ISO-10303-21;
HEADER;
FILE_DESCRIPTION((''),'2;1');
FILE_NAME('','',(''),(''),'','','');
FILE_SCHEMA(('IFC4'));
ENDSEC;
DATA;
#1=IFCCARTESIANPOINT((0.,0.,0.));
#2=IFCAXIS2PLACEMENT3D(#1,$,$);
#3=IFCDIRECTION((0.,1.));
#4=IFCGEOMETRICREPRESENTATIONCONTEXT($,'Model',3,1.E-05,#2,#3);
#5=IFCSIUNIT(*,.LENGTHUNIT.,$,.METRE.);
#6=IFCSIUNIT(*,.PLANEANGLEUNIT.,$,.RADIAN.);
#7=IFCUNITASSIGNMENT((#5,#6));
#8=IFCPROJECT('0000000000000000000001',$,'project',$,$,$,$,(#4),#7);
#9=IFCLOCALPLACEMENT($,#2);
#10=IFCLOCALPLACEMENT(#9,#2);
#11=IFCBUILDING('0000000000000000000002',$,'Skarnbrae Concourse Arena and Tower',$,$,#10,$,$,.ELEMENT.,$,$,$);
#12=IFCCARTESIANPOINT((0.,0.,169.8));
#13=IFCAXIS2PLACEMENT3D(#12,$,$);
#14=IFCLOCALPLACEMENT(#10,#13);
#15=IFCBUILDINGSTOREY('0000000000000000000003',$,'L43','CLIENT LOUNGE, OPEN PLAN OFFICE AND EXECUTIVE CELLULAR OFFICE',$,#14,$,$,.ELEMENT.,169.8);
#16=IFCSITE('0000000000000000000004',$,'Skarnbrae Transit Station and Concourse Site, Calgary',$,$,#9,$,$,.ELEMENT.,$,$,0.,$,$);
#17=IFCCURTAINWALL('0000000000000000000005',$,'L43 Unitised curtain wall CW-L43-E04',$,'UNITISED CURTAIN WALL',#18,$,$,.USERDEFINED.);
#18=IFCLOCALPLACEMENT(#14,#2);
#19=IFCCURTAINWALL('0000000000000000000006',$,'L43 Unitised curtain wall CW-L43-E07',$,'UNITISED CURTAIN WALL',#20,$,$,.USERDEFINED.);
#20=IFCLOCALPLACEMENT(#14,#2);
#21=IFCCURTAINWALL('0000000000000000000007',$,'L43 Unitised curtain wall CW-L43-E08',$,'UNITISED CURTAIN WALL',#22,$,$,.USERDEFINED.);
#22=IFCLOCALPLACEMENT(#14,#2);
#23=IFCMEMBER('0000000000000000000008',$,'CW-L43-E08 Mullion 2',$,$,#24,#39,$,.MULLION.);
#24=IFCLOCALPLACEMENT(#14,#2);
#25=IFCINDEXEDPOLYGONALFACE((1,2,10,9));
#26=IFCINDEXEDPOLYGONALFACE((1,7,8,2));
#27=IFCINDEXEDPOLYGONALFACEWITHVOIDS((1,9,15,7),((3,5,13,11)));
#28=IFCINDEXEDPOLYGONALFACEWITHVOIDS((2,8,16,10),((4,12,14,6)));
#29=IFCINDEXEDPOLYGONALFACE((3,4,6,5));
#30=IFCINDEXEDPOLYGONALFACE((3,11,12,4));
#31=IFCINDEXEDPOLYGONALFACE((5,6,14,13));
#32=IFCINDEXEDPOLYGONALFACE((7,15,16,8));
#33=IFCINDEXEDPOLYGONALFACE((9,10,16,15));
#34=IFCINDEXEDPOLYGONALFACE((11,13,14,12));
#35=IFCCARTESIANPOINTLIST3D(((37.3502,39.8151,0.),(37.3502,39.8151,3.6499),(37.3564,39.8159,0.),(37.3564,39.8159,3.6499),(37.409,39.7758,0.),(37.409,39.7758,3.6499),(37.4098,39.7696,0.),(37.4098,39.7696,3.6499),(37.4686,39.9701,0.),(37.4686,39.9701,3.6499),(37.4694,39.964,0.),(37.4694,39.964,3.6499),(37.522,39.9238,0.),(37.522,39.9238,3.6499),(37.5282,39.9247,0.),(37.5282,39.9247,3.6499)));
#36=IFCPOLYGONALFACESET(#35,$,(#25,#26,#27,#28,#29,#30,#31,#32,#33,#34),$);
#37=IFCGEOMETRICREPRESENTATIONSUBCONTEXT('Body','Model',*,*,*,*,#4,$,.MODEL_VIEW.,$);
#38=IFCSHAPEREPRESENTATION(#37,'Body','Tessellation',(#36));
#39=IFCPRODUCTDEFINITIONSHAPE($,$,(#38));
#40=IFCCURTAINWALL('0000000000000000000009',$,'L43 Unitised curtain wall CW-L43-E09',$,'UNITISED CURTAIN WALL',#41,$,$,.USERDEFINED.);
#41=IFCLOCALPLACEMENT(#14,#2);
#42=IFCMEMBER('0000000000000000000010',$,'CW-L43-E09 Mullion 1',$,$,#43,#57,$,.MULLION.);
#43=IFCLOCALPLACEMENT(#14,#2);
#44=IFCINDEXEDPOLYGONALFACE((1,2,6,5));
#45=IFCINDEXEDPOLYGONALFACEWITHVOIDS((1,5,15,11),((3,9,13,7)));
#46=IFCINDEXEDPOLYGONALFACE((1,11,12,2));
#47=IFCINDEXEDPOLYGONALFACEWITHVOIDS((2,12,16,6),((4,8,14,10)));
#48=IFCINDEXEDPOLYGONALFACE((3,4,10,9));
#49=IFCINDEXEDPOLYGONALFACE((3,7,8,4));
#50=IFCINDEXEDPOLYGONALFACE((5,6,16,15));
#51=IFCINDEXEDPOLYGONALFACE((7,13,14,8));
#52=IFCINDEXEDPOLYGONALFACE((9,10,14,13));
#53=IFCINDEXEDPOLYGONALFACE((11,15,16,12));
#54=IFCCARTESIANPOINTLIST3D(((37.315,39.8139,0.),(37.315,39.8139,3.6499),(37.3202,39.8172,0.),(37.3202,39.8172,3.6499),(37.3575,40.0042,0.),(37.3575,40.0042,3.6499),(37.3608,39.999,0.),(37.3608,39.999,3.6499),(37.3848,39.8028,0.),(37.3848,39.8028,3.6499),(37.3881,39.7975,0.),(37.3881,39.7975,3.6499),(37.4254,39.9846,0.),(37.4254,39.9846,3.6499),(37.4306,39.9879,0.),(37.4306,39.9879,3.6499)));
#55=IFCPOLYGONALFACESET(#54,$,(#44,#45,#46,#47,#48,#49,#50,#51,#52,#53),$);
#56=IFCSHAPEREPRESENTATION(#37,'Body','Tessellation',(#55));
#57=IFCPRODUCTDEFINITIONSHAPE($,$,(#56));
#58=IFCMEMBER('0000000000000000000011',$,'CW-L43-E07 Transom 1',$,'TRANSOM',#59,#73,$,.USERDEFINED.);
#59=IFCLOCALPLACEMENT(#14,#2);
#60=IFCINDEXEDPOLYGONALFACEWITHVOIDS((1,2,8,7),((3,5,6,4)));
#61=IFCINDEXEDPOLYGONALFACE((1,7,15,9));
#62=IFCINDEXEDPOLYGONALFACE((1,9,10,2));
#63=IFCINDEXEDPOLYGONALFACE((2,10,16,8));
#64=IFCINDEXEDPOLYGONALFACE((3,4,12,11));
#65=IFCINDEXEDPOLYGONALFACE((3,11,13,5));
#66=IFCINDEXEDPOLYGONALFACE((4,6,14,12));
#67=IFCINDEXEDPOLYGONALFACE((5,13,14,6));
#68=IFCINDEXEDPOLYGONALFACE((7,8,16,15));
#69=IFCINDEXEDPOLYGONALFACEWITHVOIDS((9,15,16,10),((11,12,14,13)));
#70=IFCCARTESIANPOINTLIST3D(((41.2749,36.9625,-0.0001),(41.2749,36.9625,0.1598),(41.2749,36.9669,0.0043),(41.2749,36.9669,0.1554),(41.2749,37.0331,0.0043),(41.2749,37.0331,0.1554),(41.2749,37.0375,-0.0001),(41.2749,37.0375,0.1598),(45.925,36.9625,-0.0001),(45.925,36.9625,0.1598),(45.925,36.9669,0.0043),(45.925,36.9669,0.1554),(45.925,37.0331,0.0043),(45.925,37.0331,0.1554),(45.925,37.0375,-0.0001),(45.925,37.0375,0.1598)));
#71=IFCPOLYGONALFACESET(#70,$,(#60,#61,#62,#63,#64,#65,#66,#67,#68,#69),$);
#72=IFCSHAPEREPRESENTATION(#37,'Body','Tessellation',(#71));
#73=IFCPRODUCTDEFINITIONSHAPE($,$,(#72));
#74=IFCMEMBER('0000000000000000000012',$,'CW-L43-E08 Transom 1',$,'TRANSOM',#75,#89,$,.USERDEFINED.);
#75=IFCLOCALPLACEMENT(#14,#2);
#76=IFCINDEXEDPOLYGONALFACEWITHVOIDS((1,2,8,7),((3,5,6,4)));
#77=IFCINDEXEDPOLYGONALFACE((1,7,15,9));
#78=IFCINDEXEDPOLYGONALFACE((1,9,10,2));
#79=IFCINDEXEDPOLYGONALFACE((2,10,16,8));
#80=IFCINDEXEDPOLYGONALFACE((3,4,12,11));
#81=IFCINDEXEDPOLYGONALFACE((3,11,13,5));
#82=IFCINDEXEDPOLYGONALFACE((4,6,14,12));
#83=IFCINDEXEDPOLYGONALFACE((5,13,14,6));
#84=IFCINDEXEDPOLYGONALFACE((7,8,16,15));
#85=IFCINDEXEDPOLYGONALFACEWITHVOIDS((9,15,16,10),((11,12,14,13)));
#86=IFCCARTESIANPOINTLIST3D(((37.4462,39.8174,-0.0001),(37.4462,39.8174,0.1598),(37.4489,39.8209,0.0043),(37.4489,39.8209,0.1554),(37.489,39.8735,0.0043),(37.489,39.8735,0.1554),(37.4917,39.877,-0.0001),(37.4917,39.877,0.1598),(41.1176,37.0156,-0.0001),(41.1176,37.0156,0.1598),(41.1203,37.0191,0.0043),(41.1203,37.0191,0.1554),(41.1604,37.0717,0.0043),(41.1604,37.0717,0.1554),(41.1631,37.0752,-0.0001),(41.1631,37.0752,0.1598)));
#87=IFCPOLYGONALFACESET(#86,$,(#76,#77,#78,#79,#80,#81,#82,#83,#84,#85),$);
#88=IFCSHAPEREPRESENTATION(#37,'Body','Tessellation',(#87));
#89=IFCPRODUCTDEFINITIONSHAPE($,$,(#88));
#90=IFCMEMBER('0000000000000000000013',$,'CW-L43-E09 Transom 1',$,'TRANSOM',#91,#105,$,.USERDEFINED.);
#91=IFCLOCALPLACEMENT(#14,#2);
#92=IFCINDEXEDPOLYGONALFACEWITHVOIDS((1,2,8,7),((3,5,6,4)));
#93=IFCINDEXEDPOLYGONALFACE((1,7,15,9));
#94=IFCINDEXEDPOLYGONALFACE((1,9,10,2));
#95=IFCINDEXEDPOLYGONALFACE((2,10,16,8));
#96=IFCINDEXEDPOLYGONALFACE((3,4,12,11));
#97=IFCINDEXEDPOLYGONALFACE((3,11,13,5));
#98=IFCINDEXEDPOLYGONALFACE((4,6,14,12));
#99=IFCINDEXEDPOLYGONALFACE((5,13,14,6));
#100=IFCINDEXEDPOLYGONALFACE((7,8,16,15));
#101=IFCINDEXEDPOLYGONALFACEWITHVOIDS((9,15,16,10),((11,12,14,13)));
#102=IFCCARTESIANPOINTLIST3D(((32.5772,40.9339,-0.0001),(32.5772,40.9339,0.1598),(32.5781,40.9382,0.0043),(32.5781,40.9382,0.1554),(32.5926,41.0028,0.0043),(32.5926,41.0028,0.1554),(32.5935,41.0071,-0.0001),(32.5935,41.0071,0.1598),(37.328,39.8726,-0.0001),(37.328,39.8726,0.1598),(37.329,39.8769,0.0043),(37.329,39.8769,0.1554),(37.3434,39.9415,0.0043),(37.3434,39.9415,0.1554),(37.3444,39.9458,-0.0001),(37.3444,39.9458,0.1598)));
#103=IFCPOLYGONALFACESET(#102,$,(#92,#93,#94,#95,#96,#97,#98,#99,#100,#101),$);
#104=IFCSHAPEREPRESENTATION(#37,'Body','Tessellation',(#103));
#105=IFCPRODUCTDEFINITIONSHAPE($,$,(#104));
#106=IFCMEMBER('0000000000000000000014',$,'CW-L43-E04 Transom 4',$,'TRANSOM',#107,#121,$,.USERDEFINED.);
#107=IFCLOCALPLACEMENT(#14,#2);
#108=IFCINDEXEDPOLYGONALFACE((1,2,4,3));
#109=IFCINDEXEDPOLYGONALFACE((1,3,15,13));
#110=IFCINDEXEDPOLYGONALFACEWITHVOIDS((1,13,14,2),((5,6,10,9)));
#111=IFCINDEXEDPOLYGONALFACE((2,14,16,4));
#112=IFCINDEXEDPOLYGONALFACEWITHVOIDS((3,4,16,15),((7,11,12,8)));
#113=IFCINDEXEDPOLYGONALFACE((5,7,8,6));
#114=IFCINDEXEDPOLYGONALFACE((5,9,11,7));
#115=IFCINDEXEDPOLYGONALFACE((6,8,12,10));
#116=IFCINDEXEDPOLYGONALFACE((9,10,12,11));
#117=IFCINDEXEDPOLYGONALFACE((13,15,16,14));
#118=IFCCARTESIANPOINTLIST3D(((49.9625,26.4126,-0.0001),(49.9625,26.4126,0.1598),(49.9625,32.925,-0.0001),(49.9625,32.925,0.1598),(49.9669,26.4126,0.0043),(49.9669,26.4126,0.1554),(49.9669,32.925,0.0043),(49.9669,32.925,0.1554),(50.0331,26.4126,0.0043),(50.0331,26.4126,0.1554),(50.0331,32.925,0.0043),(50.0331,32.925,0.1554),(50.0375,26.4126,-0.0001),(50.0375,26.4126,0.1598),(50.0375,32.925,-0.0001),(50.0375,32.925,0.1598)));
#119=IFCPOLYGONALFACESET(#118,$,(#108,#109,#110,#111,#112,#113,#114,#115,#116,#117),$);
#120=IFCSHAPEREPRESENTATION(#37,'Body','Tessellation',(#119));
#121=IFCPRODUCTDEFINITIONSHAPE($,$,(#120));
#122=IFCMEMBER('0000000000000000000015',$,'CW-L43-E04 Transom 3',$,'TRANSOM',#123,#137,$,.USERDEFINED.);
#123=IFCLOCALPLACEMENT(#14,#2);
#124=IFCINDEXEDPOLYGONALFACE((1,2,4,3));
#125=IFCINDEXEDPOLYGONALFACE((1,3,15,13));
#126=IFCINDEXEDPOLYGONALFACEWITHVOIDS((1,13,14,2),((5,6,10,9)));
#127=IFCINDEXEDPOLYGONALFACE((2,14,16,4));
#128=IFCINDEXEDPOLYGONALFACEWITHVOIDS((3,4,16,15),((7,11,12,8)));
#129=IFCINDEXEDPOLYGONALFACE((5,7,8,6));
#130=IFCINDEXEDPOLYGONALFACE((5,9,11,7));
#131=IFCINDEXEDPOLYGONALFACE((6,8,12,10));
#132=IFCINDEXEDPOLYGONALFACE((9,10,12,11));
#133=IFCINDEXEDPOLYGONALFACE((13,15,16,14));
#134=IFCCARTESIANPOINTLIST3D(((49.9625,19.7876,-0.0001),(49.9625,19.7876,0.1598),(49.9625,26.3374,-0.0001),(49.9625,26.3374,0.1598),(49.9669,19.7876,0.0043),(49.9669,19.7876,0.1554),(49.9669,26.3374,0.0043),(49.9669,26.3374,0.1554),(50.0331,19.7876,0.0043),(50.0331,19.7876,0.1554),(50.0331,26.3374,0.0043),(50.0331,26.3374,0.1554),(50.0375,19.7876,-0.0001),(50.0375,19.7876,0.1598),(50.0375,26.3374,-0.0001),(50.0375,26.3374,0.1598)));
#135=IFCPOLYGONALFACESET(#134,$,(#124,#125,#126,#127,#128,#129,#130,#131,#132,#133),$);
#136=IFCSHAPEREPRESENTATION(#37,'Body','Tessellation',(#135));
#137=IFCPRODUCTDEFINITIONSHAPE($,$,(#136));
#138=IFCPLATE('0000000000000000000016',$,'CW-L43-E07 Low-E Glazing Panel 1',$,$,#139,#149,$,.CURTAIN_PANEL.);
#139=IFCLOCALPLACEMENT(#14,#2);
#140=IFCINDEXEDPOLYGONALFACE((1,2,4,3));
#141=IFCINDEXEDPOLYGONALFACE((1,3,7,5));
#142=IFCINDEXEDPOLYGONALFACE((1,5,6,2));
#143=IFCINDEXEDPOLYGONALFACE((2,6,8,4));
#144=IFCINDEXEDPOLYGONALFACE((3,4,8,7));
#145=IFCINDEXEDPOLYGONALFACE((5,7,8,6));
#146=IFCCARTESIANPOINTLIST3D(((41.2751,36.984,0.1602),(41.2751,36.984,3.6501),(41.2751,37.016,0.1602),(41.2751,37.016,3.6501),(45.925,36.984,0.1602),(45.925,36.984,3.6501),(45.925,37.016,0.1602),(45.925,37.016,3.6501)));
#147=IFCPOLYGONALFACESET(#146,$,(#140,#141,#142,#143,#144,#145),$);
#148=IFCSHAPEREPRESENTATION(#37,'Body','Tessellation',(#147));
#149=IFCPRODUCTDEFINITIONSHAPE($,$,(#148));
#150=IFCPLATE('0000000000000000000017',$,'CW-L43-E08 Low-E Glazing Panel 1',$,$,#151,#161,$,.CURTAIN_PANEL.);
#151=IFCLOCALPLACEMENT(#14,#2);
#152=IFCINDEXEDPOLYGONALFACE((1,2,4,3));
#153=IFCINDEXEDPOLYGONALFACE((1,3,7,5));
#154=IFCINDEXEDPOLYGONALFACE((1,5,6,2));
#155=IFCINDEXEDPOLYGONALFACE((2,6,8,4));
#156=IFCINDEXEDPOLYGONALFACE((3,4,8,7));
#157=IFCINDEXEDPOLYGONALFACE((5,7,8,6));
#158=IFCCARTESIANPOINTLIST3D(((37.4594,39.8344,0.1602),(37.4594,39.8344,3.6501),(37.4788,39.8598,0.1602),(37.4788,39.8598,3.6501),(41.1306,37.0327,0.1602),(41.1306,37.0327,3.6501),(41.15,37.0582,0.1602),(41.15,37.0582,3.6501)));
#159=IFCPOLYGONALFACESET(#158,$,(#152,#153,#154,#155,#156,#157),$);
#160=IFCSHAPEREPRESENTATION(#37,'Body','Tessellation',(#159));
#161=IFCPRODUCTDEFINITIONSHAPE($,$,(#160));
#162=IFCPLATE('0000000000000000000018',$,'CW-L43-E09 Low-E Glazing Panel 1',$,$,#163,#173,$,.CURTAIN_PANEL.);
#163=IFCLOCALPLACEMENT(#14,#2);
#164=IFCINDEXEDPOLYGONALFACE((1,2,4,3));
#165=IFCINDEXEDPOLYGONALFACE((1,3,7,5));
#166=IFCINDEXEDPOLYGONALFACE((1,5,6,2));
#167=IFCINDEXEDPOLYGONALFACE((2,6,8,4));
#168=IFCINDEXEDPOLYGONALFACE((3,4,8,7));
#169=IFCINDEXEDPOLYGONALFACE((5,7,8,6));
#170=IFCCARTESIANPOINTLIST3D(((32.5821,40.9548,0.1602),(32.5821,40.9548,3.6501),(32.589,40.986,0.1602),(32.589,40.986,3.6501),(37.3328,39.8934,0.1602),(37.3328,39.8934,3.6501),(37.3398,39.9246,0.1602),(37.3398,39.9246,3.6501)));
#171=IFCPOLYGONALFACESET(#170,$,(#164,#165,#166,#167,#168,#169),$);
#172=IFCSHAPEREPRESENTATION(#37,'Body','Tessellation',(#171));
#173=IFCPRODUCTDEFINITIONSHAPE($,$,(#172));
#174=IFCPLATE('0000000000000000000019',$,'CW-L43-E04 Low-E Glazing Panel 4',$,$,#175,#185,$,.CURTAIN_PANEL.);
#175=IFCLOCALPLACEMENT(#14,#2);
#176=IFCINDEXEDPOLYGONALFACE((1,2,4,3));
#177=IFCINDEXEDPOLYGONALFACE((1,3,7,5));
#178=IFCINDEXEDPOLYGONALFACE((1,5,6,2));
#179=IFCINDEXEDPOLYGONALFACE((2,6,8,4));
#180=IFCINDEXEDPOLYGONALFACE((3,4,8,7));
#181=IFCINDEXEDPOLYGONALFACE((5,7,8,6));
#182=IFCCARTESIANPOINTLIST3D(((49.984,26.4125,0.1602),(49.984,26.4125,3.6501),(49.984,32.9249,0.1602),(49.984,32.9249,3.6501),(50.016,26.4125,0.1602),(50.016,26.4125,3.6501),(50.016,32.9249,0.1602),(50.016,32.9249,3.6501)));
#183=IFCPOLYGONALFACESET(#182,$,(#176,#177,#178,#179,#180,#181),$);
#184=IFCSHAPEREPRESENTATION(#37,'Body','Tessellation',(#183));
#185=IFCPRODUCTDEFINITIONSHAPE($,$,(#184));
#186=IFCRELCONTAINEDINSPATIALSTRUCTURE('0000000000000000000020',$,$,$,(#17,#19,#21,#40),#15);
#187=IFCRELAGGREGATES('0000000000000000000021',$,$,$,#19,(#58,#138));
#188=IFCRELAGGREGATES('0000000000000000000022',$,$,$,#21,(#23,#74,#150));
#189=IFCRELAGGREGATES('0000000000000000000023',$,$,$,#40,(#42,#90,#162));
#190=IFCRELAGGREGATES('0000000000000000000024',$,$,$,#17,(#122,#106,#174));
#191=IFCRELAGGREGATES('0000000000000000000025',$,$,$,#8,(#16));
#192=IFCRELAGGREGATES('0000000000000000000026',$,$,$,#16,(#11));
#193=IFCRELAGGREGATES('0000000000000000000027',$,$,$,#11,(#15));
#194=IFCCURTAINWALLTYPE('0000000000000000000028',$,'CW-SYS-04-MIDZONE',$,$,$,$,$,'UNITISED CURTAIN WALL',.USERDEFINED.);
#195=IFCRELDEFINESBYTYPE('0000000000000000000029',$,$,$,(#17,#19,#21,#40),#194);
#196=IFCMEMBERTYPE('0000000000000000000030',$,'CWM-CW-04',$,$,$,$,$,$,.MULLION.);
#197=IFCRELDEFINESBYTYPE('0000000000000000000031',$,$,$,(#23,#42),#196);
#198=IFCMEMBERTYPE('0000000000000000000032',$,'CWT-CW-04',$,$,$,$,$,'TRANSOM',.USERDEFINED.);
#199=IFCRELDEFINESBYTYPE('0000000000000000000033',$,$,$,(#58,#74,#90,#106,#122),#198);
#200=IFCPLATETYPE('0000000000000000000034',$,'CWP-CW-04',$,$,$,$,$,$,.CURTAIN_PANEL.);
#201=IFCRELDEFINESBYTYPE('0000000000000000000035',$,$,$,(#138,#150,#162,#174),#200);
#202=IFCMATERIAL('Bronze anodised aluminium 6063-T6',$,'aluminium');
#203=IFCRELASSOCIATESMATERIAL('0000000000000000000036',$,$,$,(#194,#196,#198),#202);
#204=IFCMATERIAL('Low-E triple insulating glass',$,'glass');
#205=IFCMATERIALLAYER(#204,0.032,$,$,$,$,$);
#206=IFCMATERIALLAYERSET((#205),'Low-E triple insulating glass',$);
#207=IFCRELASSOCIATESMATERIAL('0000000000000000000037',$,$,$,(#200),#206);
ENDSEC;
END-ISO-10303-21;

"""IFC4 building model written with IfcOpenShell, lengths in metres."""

from ifc_helpers import new_model, si_unit, direction, frame, origin, origin_2d, place, context, subcontext, project, spatial, rectangle, hollow_rectangle, extrude, source, transform, mapped, material, layer, layer_set, material_profile, profile_set, type_object, element, aggregate, save


model = new_model("IFC4")

# Units and contexts
model_context = context("Model", 3, precision=1e-05, world=origin(), true_north=direction((0.0, 1.0)))
body_context = subcontext(model_context, "Body", "Model", "MODEL_VIEW")
ifc_project = project(units=[si_unit("LENGTHUNIT", "METRE"), si_unit("PLANEANGLEUNIT", "RADIAN")], contexts=[model_context])

# Site, building, storey
site_placement = place(None, origin())
site = spatial("IfcSite", under=ifc_project, at=site_placement, Name="Skarnbrae Transit Station and Concourse Site, Calgary", CompositionType="ELEMENT", RefElevation=0.0)
building_placement = place(site_placement, origin())
building = spatial("IfcBuilding", under=site, at=building_placement, Name="Skarnbrae Concourse Arena and Tower", CompositionType="ELEMENT")
storey_placement = place(building_placement, frame((0.0, 0.0, 169.8)))
storey = spatial("IfcBuildingStorey", under=building, at=storey_placement, Name="L43", Description="CLIENT LOUNGE, OPEN PLAN OFFICE AND EXECUTIVE CELLULAR OFFICE", CompositionType="ELEMENT", Elevation=169.8)

# Curtain walls, member
ifc_material_1 = material(Name="Bronze anodised aluminium 6063-T6", Category="aluminium")
curtain_wall_type = type_object("IfcCurtainWallType", Name="CW-SYS-04-MIDZONE", ElementType="UNITISED CURTAIN WALL", PredefinedType="USERDEFINED", material=ifc_material_1)
curtain_wall_1_placement = place(storey_placement, origin())
curtain_wall_1 = element("IfcCurtainWall", 1, at=curtain_wall_1_placement, inside=storey, type_object=curtain_wall_type, Name="L43 Unitised curtain wall CW-L43-E04", ObjectType="UNITISED CURTAIN WALL", PredefinedType="USERDEFINED")
ifc_material_profile_1 = material_profile(ifc_material_1, hollow_rectangle(XDim=0.075, YDim=0.1951, WallThickness=0.0044, at=origin_2d()), Name="ALU-MULL-75X195")
ifc_profile_set_1 = profile_set([ifc_material_profile_1], Name="Bronze anodised aluminium 6063-T6")
member_type_1 = type_object("IfcMemberType", Name="CWM-CW-04", PredefinedType="MULLION", material=ifc_profile_set_1)
shared_shape_1 = source(origin(), body_context, "Body", "SweptSolid", [
    extrude(hollow_rectangle(XDim=0.075, YDim=0.1951, WallThickness=0.0044, at=origin_2d()), origin(), (0.0, 0.0, 1.0), 3.6499),
])
curtain_wall_2_placement = place(storey_placement, origin())
curtain_wall_2 = element("IfcCurtainWall", 2, at=curtain_wall_2_placement, inside=storey, type_object=curtain_wall_type, Name="L43 Unitised curtain wall CW-L43-E07", ObjectType="UNITISED CURTAIN WALL", PredefinedType="USERDEFINED")
curtain_wall_3_placement = place(storey_placement, origin())
curtain_wall_3 = element("IfcCurtainWall", 3, at=curtain_wall_3_placement, inside=storey, type_object=curtain_wall_type, Name="L43 Unitised curtain wall CW-L43-E08", ObjectType="UNITISED CURTAIN WALL", PredefinedType="USERDEFINED")
member_1_placement = place(storey_placement, frame((37.4392, 39.8699, 0.0), z_axis=(0.0, 0.0, 1.0), x_axis=(-0.794956, 0.606667, 0.0)))
member_1 = element("IfcMember", 4, at=member_1_placement, type_object=member_type_1, Name="CW-L43-E08 Mullion 2", PredefinedType="MULLION", context=body_context, shape_type="MappedRepresentation", body=[
    mapped(shared_shape_1, transform((0.0, 0.0, 0.0))),
])

# Curtain wall, member
curtain_wall_4_placement = place(storey_placement, origin())
curtain_wall_4 = element("IfcCurtainWall", 5, at=curtain_wall_4_placement, inside=storey, type_object=curtain_wall_type, Name="L43 Unitised curtain wall CW-L43-E09", ObjectType="UNITISED CURTAIN WALL", PredefinedType="USERDEFINED")
member_2_placement = place(storey_placement, frame((37.3728, 39.9009, 0.0), z_axis=(0.0, 0.0, 1.0), x_axis=(-0.975936, 0.218056, 0.0)))
member_2 = element("IfcMember", 6, at=member_2_placement, type_object=member_type_1, Name="CW-L43-E09 Mullion 1", PredefinedType="MULLION", context=body_context, shape_type="MappedRepresentation", body=[
    mapped(shared_shape_1, transform((0.0, 0.0, 0.0))),
])

# Members
ifc_material_profile_2 = material_profile(ifc_material_1, hollow_rectangle(XDim=0.075, YDim=0.1599, WallThickness=0.0044, at=origin_2d()), Name="ALU-TRAN-75X160")
ifc_profile_set_2 = profile_set([ifc_material_profile_2], Name="Bronze anodised aluminium 6063-T6")
member_type_2 = type_object("IfcMemberType", Name="CWT-CW-04", ElementType="TRANSOM", PredefinedType="USERDEFINED", material=ifc_profile_set_2)
shared_shape_2 = source(origin(), body_context, "Body", "SweptSolid", [
    extrude(hollow_rectangle(XDim=0.075, YDim=0.1599, WallThickness=0.0044, at=origin_2d()), origin(), (0.0, 0.0, 1.0), 4.6501),
])
member_3_placement = place(storey_placement, frame((45.925, 37.0, 0.0798), z_axis=(-1.0, 0.0, 0.0), x_axis=(0.0, -1.0, 0.0)))
member_3 = element("IfcMember", 7, at=member_3_placement, type_object=member_type_2, Name="CW-L43-E07 Transom 1", ObjectType="TRANSOM", PredefinedType="USERDEFINED", context=body_context, shape_type="MappedRepresentation", body=[
    mapped(shared_shape_2, transform((0.0, 0.0, 0.0))),
])
shared_shape_3 = source(origin(), body_context, "Body", "SweptSolid", [
    extrude(hollow_rectangle(XDim=0.075, YDim=0.1599, WallThickness=0.0044, at=origin_2d()), origin(), (0.0, 0.0, 1.0), 4.6184),
])
member_4_placement = place(storey_placement, frame((41.1404, 37.0454, 0.0798), z_axis=(-0.794961, 0.606661, 0.0), x_axis=(-0.606661, -0.794961, 0.0)))
member_4 = element("IfcMember", 8, at=member_4_placement, type_object=member_type_2, Name="CW-L43-E08 Transom 1", ObjectType="TRANSOM", PredefinedType="USERDEFINED", context=body_context, shape_type="MappedRepresentation", body=[
    mapped(shared_shape_3, transform((0.0, 0.0, 0.0))),
])
shared_shape_4 = source(origin(), body_context, "Body", "SweptSolid", [
    extrude(hollow_rectangle(XDim=0.075, YDim=0.1599, WallThickness=0.0044, at=origin_2d()), origin(), (0.0, 0.0, 1.0), 4.8679),
])
member_5_placement = place(storey_placement, frame((37.3362, 39.9092, 0.0798), z_axis=(-0.975945, 0.218019, 0.0), x_axis=(-0.218019, -0.975945, 0.0)))
member_5 = element("IfcMember", 9, at=member_5_placement, type_object=member_type_2, Name="CW-L43-E09 Transom 1", ObjectType="TRANSOM", PredefinedType="USERDEFINED", context=body_context, shape_type="MappedRepresentation", body=[
    mapped(shared_shape_4, transform((0.0, 0.0, 0.0))),
])
shared_shape_5 = source(origin(), body_context, "Body", "SweptSolid", [
    extrude(hollow_rectangle(XDim=0.075, YDim=0.1599, WallThickness=0.0044, at=origin_2d()), origin(), (0.0, 0.0, 1.0), 6.5125),
])
member_6_placement = place(storey_placement, frame((50.0, 26.4126, 0.0798), z_axis=(0.0, 1.0, 0.0), x_axis=(-1.0, 0.0, 0.0)))
member_6 = element("IfcMember", 10, at=member_6_placement, type_object=member_type_2, Name="CW-L43-E04 Transom 4", ObjectType="TRANSOM", PredefinedType="USERDEFINED", context=body_context, shape_type="MappedRepresentation", body=[
    mapped(shared_shape_5, transform((0.0, 0.0, 0.0))),
])
shared_shape_6 = source(origin(), body_context, "Body", "SweptSolid", [
    extrude(hollow_rectangle(XDim=0.075, YDim=0.1599, WallThickness=0.0044, at=origin_2d()), origin(), (0.0, 0.0, 1.0), 6.5498),
])
member_7_placement = place(storey_placement, frame((50.0, 19.7876, 0.0798), z_axis=(0.0, 1.0, 0.0), x_axis=(-1.0, 0.0, 0.0)))
member_7 = element("IfcMember", 11, at=member_7_placement, type_object=member_type_2, Name="CW-L43-E04 Transom 3", ObjectType="TRANSOM", PredefinedType="USERDEFINED", context=body_context, shape_type="MappedRepresentation", body=[
    mapped(shared_shape_6, transform((0.0, 0.0, 0.0))),
])

# Plates
ifc_material_2 = material(Name="Low-E triple insulating glass", Category="glass")
ifc_layer_1 = layer(ifc_material_2, 0.032)
ifc_layer_set_1 = layer_set([ifc_layer_1], Name="Low-E triple insulating glass")
plate_type = type_object("IfcPlateType", Name="CWP-CW-04", PredefinedType="CURTAIN_PANEL", material=ifc_layer_set_1)
shared_shape_7 = source(origin(), body_context, "Body", "SweptSolid", [
    extrude(rectangle(XDim=4.6499, YDim=0.032, at=origin_2d()), origin(), (0.0, 0.0, 1.0), 3.49),
])
plate_1_placement = place(storey_placement, frame((43.6001, 37.0, 0.1602), z_axis=(0.0, 0.0, 1.0), x_axis=(-1.0, 0.0, 0.0)))
plate_1 = element("IfcPlate", 12, at=plate_1_placement, type_object=plate_type, Name="CW-L43-E07 Low-E Glazing Panel 1", PredefinedType="CURTAIN_PANEL", context=body_context, shape_type="MappedRepresentation", body=[
    mapped(shared_shape_7, transform((0.0, 0.0, 0.0))),
])
aggregate(curtain_wall_2, [member_3, plate_1])
shared_shape_8 = source(origin(), body_context, "Body", "SweptSolid", [
    extrude(rectangle(XDim=4.6182, YDim=0.032, at=origin_2d()), origin(), (0.0, 0.0, 1.0), 3.49),
])
plate_2_placement = place(storey_placement, frame((39.3047, 38.4463, 0.1602), z_axis=(0.0, 0.0, 1.0), x_axis=(-0.794956, 0.606667, 0.0)))
plate_2 = element("IfcPlate", 13, at=plate_2_placement, type_object=plate_type, Name="CW-L43-E08 Low-E Glazing Panel 1", PredefinedType="CURTAIN_PANEL", context=body_context, shape_type="MappedRepresentation", body=[
    mapped(shared_shape_8, transform((0.0, 0.0, 0.0))),
])
aggregate(curtain_wall_3, [member_1, member_4, plate_2])
shared_shape_9 = source(origin(), body_context, "Body", "SweptSolid", [
    extrude(rectangle(XDim=4.8679, YDim=0.032, at=origin_2d()), origin(), (0.0, 0.0, 1.0), 3.49),
])
plate_3_placement = place(storey_placement, frame((34.9609, 40.4397, 0.1602), z_axis=(0.0, 0.0, 1.0), x_axis=(-0.975936, 0.218056, 0.0)))
plate_3 = element("IfcPlate", 14, at=plate_3_placement, type_object=plate_type, Name="CW-L43-E09 Low-E Glazing Panel 1", PredefinedType="CURTAIN_PANEL", context=body_context, shape_type="MappedRepresentation", body=[
    mapped(shared_shape_9, transform((0.0, 0.0, 0.0))),
])
aggregate(curtain_wall_4, [member_2, member_5, plate_3])
shared_shape_10 = source(origin(), body_context, "Body", "SweptSolid", [
    extrude(rectangle(XDim=6.5125, YDim=0.032, at=origin_2d()), origin(), (0.0, 0.0, 1.0), 3.49),
])
plate_4_placement = place(storey_placement, frame((50.0, 29.6687, 0.1602), z_axis=(0.0, 0.0, 1.0), x_axis=(0.0, 1.0, 0.0)))
plate_4 = element("IfcPlate", 15, at=plate_4_placement, type_object=plate_type, Name="CW-L43-E04 Low-E Glazing Panel 4", PredefinedType="CURTAIN_PANEL", context=body_context, shape_type="MappedRepresentation", body=[
    mapped(shared_shape_10, transform((0.0, 0.0, 0.0))),
])
aggregate(curtain_wall_1, [member_7, member_6, plate_4])

save(model, "model.ifc")
